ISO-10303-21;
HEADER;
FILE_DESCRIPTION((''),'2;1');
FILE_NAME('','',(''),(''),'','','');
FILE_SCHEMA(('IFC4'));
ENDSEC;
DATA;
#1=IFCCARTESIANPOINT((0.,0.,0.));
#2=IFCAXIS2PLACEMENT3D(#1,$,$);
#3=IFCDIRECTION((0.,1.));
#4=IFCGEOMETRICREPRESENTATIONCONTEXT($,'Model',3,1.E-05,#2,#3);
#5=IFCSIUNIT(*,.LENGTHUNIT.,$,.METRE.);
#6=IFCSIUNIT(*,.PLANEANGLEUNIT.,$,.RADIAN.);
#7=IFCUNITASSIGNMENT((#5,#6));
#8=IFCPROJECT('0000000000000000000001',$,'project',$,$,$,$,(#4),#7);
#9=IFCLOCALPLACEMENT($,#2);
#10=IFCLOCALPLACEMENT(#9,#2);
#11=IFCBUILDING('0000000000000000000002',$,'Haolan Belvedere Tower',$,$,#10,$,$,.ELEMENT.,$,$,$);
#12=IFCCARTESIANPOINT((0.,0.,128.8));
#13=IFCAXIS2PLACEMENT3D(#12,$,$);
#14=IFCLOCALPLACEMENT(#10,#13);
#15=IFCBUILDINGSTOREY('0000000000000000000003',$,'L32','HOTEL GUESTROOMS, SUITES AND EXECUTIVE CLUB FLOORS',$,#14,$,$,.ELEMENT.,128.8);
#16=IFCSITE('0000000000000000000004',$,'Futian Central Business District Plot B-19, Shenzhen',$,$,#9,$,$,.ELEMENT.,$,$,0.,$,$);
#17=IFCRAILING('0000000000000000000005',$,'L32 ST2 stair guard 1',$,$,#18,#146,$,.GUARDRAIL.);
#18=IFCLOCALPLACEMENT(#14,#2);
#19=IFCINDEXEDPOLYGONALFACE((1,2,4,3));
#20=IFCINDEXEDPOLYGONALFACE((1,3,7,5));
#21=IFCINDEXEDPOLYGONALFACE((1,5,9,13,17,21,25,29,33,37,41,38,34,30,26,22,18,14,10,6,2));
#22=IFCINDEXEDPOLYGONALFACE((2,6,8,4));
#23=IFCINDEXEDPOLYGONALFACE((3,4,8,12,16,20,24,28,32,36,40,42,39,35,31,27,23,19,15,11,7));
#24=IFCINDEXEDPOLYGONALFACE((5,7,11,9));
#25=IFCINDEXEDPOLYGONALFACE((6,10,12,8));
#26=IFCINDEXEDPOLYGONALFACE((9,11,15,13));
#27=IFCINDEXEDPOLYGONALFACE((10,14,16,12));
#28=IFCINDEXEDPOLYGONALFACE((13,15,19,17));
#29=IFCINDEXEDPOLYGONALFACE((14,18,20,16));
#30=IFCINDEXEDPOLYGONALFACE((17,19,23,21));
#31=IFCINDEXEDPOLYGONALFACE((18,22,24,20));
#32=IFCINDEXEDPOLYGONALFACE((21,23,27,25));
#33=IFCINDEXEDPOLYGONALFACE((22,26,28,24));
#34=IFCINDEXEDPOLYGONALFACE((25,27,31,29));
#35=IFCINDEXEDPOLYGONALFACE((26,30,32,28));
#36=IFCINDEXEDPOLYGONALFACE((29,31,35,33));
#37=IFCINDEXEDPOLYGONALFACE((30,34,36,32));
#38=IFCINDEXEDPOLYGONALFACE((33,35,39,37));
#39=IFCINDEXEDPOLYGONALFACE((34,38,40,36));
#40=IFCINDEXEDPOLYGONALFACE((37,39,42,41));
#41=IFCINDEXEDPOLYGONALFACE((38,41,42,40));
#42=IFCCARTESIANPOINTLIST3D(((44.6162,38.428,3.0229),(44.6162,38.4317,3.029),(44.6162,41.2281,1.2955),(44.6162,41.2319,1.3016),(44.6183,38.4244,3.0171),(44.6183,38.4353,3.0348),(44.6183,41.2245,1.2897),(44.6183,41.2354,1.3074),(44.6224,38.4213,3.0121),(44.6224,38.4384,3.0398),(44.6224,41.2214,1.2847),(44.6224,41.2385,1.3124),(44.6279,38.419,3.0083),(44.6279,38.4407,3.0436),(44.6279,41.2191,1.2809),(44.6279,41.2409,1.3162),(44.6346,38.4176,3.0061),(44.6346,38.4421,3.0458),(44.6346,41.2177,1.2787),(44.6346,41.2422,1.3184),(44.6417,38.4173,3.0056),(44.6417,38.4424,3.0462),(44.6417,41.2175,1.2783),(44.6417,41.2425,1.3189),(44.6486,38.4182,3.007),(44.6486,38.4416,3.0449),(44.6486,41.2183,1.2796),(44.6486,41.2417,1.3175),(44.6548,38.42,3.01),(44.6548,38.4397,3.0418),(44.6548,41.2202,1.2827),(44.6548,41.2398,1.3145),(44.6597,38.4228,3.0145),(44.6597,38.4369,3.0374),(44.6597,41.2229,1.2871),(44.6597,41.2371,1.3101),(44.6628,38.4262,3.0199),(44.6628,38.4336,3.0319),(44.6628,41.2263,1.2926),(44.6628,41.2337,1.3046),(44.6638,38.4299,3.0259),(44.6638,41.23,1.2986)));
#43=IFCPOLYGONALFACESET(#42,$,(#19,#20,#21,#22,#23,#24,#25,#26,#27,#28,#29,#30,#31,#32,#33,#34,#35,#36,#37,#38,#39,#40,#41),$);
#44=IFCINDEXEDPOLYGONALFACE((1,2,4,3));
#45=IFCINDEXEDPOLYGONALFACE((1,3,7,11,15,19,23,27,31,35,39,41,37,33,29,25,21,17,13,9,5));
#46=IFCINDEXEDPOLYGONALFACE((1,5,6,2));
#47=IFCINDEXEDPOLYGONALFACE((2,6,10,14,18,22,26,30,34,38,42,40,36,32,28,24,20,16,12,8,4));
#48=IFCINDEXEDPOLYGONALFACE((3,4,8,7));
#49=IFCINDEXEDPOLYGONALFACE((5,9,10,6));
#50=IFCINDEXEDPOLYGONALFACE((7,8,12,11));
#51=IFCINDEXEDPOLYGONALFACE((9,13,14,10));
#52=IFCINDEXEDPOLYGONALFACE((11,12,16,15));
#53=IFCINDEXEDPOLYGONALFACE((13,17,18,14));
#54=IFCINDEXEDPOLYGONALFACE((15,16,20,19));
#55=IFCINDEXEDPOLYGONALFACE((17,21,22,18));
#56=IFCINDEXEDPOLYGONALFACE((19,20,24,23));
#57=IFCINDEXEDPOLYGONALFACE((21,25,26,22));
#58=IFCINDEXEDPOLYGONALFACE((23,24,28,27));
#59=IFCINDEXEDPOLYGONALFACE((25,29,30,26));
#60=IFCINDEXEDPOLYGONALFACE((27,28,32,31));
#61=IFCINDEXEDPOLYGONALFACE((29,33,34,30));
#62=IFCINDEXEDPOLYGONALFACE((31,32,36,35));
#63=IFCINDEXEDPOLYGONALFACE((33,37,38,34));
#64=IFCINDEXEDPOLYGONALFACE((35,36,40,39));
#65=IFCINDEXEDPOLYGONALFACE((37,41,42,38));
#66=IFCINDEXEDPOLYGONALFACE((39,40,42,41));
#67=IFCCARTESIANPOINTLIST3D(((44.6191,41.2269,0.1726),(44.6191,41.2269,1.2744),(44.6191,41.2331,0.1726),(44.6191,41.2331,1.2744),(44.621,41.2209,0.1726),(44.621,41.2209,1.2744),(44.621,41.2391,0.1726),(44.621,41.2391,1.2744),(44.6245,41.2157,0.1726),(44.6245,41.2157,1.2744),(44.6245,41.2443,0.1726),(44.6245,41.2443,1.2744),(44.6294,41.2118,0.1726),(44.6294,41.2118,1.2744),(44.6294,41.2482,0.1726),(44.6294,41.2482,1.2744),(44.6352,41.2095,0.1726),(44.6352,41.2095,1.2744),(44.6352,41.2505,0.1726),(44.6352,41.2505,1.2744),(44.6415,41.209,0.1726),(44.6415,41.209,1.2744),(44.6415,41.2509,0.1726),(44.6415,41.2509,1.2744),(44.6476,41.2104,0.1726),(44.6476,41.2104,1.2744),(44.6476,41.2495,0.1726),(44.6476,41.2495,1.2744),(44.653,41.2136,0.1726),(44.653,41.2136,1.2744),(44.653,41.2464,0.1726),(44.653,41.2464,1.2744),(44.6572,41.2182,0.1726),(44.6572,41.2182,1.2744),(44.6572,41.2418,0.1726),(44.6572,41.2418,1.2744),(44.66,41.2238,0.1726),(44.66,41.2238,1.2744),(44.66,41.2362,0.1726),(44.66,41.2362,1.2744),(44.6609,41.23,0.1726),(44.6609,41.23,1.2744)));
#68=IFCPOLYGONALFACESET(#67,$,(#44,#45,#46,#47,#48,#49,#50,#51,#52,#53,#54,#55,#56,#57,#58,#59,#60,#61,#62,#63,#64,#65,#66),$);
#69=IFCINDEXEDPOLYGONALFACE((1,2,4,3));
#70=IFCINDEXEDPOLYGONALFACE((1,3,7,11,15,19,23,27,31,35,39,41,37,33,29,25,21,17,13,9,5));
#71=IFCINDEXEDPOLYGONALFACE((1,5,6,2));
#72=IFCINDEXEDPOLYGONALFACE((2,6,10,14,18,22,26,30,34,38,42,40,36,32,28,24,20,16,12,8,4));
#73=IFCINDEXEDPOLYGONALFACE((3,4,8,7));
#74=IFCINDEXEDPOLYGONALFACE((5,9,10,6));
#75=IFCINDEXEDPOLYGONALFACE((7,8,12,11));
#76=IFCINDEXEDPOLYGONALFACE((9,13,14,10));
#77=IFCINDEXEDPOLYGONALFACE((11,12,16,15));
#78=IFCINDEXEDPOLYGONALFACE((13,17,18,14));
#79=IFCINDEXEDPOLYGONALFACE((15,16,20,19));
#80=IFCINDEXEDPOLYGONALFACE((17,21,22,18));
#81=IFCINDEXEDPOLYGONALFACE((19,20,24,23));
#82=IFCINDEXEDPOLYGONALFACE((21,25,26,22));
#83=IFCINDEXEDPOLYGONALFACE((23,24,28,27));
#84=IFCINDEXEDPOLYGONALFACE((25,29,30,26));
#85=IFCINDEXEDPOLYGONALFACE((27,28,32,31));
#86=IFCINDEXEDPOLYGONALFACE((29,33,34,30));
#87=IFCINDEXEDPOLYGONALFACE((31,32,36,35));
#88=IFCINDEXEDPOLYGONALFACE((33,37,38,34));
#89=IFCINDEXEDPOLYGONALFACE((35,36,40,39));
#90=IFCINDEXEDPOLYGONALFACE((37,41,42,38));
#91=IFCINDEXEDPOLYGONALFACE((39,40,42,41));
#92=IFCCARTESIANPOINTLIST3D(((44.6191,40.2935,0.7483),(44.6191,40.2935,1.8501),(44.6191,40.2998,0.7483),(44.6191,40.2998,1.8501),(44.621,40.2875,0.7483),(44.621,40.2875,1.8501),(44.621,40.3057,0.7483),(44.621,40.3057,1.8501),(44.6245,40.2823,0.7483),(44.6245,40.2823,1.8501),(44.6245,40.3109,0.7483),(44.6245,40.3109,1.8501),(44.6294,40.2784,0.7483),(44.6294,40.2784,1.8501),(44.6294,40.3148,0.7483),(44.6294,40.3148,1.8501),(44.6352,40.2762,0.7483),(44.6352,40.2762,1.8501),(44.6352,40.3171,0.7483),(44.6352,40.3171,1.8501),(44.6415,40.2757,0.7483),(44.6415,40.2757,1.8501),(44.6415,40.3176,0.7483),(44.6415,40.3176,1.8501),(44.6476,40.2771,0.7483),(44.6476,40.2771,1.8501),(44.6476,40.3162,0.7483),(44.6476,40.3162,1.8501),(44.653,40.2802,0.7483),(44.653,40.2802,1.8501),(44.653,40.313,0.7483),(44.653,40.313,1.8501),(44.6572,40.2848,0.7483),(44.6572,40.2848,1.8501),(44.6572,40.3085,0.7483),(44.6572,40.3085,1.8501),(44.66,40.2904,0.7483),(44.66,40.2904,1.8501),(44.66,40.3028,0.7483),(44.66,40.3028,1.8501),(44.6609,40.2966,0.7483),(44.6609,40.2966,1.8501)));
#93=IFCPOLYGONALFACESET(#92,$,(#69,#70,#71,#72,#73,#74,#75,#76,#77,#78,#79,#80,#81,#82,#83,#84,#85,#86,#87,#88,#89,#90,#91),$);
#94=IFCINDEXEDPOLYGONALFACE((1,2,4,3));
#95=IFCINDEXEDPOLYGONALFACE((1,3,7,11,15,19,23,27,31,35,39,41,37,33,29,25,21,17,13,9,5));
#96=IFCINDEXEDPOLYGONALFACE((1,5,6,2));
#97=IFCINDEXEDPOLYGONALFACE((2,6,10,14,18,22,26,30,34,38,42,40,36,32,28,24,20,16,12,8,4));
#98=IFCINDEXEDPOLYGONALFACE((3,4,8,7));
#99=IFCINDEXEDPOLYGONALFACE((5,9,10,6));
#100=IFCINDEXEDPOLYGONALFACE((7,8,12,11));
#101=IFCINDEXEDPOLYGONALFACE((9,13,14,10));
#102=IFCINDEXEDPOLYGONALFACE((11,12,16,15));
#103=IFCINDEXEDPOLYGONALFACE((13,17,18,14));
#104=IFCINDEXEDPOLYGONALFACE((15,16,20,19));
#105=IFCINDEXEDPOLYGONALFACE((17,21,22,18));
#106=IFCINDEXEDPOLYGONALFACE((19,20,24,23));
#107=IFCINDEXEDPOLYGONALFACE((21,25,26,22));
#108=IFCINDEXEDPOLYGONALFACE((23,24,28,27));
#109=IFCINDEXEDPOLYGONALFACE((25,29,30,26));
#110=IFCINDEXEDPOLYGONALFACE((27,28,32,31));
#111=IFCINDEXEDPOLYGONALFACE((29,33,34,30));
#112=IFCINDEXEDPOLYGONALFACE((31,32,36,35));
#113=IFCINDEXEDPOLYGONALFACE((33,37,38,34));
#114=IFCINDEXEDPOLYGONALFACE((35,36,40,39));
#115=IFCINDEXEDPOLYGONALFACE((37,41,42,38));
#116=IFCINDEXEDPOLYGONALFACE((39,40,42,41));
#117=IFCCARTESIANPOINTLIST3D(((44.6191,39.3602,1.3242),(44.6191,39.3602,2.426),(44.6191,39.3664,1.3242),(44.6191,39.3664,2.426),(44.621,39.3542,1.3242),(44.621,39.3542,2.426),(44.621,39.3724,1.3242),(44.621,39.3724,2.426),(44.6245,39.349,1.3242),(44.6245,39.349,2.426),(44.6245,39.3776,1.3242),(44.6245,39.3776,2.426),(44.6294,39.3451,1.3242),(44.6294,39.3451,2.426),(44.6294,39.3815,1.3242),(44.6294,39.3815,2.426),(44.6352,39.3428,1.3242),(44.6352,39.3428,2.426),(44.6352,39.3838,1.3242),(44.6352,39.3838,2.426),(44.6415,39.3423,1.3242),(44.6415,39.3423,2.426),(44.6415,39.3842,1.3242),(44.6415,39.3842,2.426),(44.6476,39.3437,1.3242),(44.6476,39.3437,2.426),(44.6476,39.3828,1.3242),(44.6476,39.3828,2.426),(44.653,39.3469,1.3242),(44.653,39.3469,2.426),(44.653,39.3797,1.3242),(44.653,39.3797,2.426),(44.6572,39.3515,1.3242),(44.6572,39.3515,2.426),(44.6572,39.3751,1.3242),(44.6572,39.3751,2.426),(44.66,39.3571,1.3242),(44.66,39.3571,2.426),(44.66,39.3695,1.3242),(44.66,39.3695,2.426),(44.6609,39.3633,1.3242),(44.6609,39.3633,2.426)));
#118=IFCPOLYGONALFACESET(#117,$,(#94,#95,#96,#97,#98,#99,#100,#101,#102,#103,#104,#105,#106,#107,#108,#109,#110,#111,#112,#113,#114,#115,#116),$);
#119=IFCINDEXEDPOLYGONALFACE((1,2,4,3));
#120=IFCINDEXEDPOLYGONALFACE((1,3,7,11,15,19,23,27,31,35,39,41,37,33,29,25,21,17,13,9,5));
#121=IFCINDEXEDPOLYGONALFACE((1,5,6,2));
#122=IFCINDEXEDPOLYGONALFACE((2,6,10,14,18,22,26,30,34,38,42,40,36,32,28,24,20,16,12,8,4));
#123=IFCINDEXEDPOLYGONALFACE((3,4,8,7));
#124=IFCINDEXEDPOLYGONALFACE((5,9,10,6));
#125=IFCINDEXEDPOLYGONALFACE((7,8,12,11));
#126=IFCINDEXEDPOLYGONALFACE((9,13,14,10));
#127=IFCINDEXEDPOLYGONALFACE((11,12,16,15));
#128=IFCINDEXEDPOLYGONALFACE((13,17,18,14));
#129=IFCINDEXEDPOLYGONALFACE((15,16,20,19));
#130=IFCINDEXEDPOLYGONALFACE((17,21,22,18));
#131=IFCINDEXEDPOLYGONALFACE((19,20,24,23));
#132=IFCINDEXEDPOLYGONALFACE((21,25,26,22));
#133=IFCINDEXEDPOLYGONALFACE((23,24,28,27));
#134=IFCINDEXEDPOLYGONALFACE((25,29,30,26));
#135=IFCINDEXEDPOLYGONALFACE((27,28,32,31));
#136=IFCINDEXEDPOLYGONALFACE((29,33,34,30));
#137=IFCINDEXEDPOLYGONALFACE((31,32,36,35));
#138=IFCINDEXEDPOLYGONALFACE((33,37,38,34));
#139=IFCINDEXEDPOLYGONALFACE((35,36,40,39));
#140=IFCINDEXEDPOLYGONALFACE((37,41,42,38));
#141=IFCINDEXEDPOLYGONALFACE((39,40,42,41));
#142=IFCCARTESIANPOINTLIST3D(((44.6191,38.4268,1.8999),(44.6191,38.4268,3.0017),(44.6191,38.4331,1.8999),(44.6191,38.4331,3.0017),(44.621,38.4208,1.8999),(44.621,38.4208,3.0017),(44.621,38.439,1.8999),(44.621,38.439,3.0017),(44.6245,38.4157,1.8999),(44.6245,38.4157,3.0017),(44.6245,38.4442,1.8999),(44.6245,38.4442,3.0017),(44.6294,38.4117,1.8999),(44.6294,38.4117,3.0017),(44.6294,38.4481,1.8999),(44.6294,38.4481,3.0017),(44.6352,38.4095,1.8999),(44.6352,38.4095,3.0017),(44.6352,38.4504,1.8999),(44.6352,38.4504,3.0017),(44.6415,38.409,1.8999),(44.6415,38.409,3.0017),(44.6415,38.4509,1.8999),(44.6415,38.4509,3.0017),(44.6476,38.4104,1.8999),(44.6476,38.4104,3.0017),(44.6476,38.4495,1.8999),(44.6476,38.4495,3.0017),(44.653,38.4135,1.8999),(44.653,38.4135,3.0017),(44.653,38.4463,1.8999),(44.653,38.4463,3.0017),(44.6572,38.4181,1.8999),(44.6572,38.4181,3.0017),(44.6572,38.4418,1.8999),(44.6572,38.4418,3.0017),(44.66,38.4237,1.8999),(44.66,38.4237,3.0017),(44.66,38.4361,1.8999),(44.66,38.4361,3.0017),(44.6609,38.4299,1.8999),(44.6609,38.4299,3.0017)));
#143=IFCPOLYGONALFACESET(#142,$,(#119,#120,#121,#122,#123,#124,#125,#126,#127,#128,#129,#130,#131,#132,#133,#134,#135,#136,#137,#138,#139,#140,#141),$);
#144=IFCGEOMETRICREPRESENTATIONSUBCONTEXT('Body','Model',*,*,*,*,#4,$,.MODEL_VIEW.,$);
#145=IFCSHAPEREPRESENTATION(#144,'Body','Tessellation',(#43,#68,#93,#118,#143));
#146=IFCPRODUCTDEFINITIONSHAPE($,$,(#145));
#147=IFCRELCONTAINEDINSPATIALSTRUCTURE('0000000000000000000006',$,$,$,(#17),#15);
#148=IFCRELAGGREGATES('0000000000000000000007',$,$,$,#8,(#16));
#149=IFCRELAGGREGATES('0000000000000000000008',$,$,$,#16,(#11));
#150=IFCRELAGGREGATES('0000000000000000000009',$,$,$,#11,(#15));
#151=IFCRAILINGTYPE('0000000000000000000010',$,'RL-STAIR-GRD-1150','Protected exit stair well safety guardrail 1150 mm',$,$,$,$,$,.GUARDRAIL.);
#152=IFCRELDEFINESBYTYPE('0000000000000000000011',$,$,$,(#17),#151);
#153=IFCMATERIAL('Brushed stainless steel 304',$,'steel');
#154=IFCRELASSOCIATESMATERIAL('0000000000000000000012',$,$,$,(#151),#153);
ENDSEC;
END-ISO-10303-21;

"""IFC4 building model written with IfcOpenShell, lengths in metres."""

from ifc_helpers import new_model, si_unit, direction, frame, origin, origin_2d, place, context, subcontext, project, spatial, circle, extrude, material, type_object, element, save


model = new_model("IFC4")

# Units and contexts
model_context = context("Model", 3, precision=1e-05, world=origin(), true_north=direction((0.0, 1.0)))
body_context = subcontext(model_context, "Body", "Model", "MODEL_VIEW")
ifc_project = project(units=[si_unit("LENGTHUNIT", "METRE"), si_unit("PLANEANGLEUNIT", "RADIAN")], contexts=[model_context])

# Site, building, storey
site_placement = place(None, origin())
site = spatial("IfcSite", under=ifc_project, at=site_placement, Name="Futian Central Business District Plot B-19, Shenzhen", CompositionType="ELEMENT", RefElevation=0.0)
building_placement = place(site_placement, origin())
building = spatial("IfcBuilding", under=site, at=building_placement, Name="Haolan Belvedere Tower", CompositionType="ELEMENT")
storey_placement = place(building_placement, frame((0.0, 0.0, 128.8)))
storey = spatial("IfcBuildingStorey", under=building, at=storey_placement, Name="L32", Description="HOTEL GUESTROOMS, SUITES AND EXECUTIVE CLUB FLOORS", CompositionType="ELEMENT", Elevation=128.8)

# Railing
ifc_material_1 = material(Name="Brushed stainless steel 304", Category="steel")
railing_type_1 = type_object("IfcRailingType", Name="RL-STAIR-GRD-1150", Description="Protected exit stair well safety guardrail 1150 mm", PredefinedType="GUARDRAIL", material=ifc_material_1)
railing_1_placement = place(storey_placement, frame((44.6399, 41.23, 0.1726)))
element("IfcRailing", 1, at=railing_1_placement, inside=storey, type_object=railing_type_1, Name="L32 ST2 stair guard 1", PredefinedType="GUARDRAIL", context=body_context, shape_type="SweptSolid", body=[
    extrude(circle(Radius=0.0239, at=origin_2d()), frame((0.0, 0.0, 1.126), z_axis=(0.0, -0.85109, 0.52502), x_axis=(1.0, 0.0, 0.0)), (0.0, 0.0, 1.0), 3.29),
    extrude(circle(Radius=0.021, at=origin_2d()), origin(), (0.0, 0.0, 1.0), 1.1018),
    extrude(circle(Radius=0.021, at=origin_2d()), frame((0.0, -0.9333, 0.5757)), (0.0, 0.0, 1.0), 1.1018),
    extrude(circle(Radius=0.021, at=origin_2d()), frame((0.0, -1.8667, 1.1516)), (0.0, 0.0, 1.0), 1.1018),
    extrude(circle(Radius=0.021, at=origin_2d()), frame((0.0, -2.8, 1.7273)), (0.0, 0.0, 1.0), 1.1018),
])

save(model, "model.ifc")
